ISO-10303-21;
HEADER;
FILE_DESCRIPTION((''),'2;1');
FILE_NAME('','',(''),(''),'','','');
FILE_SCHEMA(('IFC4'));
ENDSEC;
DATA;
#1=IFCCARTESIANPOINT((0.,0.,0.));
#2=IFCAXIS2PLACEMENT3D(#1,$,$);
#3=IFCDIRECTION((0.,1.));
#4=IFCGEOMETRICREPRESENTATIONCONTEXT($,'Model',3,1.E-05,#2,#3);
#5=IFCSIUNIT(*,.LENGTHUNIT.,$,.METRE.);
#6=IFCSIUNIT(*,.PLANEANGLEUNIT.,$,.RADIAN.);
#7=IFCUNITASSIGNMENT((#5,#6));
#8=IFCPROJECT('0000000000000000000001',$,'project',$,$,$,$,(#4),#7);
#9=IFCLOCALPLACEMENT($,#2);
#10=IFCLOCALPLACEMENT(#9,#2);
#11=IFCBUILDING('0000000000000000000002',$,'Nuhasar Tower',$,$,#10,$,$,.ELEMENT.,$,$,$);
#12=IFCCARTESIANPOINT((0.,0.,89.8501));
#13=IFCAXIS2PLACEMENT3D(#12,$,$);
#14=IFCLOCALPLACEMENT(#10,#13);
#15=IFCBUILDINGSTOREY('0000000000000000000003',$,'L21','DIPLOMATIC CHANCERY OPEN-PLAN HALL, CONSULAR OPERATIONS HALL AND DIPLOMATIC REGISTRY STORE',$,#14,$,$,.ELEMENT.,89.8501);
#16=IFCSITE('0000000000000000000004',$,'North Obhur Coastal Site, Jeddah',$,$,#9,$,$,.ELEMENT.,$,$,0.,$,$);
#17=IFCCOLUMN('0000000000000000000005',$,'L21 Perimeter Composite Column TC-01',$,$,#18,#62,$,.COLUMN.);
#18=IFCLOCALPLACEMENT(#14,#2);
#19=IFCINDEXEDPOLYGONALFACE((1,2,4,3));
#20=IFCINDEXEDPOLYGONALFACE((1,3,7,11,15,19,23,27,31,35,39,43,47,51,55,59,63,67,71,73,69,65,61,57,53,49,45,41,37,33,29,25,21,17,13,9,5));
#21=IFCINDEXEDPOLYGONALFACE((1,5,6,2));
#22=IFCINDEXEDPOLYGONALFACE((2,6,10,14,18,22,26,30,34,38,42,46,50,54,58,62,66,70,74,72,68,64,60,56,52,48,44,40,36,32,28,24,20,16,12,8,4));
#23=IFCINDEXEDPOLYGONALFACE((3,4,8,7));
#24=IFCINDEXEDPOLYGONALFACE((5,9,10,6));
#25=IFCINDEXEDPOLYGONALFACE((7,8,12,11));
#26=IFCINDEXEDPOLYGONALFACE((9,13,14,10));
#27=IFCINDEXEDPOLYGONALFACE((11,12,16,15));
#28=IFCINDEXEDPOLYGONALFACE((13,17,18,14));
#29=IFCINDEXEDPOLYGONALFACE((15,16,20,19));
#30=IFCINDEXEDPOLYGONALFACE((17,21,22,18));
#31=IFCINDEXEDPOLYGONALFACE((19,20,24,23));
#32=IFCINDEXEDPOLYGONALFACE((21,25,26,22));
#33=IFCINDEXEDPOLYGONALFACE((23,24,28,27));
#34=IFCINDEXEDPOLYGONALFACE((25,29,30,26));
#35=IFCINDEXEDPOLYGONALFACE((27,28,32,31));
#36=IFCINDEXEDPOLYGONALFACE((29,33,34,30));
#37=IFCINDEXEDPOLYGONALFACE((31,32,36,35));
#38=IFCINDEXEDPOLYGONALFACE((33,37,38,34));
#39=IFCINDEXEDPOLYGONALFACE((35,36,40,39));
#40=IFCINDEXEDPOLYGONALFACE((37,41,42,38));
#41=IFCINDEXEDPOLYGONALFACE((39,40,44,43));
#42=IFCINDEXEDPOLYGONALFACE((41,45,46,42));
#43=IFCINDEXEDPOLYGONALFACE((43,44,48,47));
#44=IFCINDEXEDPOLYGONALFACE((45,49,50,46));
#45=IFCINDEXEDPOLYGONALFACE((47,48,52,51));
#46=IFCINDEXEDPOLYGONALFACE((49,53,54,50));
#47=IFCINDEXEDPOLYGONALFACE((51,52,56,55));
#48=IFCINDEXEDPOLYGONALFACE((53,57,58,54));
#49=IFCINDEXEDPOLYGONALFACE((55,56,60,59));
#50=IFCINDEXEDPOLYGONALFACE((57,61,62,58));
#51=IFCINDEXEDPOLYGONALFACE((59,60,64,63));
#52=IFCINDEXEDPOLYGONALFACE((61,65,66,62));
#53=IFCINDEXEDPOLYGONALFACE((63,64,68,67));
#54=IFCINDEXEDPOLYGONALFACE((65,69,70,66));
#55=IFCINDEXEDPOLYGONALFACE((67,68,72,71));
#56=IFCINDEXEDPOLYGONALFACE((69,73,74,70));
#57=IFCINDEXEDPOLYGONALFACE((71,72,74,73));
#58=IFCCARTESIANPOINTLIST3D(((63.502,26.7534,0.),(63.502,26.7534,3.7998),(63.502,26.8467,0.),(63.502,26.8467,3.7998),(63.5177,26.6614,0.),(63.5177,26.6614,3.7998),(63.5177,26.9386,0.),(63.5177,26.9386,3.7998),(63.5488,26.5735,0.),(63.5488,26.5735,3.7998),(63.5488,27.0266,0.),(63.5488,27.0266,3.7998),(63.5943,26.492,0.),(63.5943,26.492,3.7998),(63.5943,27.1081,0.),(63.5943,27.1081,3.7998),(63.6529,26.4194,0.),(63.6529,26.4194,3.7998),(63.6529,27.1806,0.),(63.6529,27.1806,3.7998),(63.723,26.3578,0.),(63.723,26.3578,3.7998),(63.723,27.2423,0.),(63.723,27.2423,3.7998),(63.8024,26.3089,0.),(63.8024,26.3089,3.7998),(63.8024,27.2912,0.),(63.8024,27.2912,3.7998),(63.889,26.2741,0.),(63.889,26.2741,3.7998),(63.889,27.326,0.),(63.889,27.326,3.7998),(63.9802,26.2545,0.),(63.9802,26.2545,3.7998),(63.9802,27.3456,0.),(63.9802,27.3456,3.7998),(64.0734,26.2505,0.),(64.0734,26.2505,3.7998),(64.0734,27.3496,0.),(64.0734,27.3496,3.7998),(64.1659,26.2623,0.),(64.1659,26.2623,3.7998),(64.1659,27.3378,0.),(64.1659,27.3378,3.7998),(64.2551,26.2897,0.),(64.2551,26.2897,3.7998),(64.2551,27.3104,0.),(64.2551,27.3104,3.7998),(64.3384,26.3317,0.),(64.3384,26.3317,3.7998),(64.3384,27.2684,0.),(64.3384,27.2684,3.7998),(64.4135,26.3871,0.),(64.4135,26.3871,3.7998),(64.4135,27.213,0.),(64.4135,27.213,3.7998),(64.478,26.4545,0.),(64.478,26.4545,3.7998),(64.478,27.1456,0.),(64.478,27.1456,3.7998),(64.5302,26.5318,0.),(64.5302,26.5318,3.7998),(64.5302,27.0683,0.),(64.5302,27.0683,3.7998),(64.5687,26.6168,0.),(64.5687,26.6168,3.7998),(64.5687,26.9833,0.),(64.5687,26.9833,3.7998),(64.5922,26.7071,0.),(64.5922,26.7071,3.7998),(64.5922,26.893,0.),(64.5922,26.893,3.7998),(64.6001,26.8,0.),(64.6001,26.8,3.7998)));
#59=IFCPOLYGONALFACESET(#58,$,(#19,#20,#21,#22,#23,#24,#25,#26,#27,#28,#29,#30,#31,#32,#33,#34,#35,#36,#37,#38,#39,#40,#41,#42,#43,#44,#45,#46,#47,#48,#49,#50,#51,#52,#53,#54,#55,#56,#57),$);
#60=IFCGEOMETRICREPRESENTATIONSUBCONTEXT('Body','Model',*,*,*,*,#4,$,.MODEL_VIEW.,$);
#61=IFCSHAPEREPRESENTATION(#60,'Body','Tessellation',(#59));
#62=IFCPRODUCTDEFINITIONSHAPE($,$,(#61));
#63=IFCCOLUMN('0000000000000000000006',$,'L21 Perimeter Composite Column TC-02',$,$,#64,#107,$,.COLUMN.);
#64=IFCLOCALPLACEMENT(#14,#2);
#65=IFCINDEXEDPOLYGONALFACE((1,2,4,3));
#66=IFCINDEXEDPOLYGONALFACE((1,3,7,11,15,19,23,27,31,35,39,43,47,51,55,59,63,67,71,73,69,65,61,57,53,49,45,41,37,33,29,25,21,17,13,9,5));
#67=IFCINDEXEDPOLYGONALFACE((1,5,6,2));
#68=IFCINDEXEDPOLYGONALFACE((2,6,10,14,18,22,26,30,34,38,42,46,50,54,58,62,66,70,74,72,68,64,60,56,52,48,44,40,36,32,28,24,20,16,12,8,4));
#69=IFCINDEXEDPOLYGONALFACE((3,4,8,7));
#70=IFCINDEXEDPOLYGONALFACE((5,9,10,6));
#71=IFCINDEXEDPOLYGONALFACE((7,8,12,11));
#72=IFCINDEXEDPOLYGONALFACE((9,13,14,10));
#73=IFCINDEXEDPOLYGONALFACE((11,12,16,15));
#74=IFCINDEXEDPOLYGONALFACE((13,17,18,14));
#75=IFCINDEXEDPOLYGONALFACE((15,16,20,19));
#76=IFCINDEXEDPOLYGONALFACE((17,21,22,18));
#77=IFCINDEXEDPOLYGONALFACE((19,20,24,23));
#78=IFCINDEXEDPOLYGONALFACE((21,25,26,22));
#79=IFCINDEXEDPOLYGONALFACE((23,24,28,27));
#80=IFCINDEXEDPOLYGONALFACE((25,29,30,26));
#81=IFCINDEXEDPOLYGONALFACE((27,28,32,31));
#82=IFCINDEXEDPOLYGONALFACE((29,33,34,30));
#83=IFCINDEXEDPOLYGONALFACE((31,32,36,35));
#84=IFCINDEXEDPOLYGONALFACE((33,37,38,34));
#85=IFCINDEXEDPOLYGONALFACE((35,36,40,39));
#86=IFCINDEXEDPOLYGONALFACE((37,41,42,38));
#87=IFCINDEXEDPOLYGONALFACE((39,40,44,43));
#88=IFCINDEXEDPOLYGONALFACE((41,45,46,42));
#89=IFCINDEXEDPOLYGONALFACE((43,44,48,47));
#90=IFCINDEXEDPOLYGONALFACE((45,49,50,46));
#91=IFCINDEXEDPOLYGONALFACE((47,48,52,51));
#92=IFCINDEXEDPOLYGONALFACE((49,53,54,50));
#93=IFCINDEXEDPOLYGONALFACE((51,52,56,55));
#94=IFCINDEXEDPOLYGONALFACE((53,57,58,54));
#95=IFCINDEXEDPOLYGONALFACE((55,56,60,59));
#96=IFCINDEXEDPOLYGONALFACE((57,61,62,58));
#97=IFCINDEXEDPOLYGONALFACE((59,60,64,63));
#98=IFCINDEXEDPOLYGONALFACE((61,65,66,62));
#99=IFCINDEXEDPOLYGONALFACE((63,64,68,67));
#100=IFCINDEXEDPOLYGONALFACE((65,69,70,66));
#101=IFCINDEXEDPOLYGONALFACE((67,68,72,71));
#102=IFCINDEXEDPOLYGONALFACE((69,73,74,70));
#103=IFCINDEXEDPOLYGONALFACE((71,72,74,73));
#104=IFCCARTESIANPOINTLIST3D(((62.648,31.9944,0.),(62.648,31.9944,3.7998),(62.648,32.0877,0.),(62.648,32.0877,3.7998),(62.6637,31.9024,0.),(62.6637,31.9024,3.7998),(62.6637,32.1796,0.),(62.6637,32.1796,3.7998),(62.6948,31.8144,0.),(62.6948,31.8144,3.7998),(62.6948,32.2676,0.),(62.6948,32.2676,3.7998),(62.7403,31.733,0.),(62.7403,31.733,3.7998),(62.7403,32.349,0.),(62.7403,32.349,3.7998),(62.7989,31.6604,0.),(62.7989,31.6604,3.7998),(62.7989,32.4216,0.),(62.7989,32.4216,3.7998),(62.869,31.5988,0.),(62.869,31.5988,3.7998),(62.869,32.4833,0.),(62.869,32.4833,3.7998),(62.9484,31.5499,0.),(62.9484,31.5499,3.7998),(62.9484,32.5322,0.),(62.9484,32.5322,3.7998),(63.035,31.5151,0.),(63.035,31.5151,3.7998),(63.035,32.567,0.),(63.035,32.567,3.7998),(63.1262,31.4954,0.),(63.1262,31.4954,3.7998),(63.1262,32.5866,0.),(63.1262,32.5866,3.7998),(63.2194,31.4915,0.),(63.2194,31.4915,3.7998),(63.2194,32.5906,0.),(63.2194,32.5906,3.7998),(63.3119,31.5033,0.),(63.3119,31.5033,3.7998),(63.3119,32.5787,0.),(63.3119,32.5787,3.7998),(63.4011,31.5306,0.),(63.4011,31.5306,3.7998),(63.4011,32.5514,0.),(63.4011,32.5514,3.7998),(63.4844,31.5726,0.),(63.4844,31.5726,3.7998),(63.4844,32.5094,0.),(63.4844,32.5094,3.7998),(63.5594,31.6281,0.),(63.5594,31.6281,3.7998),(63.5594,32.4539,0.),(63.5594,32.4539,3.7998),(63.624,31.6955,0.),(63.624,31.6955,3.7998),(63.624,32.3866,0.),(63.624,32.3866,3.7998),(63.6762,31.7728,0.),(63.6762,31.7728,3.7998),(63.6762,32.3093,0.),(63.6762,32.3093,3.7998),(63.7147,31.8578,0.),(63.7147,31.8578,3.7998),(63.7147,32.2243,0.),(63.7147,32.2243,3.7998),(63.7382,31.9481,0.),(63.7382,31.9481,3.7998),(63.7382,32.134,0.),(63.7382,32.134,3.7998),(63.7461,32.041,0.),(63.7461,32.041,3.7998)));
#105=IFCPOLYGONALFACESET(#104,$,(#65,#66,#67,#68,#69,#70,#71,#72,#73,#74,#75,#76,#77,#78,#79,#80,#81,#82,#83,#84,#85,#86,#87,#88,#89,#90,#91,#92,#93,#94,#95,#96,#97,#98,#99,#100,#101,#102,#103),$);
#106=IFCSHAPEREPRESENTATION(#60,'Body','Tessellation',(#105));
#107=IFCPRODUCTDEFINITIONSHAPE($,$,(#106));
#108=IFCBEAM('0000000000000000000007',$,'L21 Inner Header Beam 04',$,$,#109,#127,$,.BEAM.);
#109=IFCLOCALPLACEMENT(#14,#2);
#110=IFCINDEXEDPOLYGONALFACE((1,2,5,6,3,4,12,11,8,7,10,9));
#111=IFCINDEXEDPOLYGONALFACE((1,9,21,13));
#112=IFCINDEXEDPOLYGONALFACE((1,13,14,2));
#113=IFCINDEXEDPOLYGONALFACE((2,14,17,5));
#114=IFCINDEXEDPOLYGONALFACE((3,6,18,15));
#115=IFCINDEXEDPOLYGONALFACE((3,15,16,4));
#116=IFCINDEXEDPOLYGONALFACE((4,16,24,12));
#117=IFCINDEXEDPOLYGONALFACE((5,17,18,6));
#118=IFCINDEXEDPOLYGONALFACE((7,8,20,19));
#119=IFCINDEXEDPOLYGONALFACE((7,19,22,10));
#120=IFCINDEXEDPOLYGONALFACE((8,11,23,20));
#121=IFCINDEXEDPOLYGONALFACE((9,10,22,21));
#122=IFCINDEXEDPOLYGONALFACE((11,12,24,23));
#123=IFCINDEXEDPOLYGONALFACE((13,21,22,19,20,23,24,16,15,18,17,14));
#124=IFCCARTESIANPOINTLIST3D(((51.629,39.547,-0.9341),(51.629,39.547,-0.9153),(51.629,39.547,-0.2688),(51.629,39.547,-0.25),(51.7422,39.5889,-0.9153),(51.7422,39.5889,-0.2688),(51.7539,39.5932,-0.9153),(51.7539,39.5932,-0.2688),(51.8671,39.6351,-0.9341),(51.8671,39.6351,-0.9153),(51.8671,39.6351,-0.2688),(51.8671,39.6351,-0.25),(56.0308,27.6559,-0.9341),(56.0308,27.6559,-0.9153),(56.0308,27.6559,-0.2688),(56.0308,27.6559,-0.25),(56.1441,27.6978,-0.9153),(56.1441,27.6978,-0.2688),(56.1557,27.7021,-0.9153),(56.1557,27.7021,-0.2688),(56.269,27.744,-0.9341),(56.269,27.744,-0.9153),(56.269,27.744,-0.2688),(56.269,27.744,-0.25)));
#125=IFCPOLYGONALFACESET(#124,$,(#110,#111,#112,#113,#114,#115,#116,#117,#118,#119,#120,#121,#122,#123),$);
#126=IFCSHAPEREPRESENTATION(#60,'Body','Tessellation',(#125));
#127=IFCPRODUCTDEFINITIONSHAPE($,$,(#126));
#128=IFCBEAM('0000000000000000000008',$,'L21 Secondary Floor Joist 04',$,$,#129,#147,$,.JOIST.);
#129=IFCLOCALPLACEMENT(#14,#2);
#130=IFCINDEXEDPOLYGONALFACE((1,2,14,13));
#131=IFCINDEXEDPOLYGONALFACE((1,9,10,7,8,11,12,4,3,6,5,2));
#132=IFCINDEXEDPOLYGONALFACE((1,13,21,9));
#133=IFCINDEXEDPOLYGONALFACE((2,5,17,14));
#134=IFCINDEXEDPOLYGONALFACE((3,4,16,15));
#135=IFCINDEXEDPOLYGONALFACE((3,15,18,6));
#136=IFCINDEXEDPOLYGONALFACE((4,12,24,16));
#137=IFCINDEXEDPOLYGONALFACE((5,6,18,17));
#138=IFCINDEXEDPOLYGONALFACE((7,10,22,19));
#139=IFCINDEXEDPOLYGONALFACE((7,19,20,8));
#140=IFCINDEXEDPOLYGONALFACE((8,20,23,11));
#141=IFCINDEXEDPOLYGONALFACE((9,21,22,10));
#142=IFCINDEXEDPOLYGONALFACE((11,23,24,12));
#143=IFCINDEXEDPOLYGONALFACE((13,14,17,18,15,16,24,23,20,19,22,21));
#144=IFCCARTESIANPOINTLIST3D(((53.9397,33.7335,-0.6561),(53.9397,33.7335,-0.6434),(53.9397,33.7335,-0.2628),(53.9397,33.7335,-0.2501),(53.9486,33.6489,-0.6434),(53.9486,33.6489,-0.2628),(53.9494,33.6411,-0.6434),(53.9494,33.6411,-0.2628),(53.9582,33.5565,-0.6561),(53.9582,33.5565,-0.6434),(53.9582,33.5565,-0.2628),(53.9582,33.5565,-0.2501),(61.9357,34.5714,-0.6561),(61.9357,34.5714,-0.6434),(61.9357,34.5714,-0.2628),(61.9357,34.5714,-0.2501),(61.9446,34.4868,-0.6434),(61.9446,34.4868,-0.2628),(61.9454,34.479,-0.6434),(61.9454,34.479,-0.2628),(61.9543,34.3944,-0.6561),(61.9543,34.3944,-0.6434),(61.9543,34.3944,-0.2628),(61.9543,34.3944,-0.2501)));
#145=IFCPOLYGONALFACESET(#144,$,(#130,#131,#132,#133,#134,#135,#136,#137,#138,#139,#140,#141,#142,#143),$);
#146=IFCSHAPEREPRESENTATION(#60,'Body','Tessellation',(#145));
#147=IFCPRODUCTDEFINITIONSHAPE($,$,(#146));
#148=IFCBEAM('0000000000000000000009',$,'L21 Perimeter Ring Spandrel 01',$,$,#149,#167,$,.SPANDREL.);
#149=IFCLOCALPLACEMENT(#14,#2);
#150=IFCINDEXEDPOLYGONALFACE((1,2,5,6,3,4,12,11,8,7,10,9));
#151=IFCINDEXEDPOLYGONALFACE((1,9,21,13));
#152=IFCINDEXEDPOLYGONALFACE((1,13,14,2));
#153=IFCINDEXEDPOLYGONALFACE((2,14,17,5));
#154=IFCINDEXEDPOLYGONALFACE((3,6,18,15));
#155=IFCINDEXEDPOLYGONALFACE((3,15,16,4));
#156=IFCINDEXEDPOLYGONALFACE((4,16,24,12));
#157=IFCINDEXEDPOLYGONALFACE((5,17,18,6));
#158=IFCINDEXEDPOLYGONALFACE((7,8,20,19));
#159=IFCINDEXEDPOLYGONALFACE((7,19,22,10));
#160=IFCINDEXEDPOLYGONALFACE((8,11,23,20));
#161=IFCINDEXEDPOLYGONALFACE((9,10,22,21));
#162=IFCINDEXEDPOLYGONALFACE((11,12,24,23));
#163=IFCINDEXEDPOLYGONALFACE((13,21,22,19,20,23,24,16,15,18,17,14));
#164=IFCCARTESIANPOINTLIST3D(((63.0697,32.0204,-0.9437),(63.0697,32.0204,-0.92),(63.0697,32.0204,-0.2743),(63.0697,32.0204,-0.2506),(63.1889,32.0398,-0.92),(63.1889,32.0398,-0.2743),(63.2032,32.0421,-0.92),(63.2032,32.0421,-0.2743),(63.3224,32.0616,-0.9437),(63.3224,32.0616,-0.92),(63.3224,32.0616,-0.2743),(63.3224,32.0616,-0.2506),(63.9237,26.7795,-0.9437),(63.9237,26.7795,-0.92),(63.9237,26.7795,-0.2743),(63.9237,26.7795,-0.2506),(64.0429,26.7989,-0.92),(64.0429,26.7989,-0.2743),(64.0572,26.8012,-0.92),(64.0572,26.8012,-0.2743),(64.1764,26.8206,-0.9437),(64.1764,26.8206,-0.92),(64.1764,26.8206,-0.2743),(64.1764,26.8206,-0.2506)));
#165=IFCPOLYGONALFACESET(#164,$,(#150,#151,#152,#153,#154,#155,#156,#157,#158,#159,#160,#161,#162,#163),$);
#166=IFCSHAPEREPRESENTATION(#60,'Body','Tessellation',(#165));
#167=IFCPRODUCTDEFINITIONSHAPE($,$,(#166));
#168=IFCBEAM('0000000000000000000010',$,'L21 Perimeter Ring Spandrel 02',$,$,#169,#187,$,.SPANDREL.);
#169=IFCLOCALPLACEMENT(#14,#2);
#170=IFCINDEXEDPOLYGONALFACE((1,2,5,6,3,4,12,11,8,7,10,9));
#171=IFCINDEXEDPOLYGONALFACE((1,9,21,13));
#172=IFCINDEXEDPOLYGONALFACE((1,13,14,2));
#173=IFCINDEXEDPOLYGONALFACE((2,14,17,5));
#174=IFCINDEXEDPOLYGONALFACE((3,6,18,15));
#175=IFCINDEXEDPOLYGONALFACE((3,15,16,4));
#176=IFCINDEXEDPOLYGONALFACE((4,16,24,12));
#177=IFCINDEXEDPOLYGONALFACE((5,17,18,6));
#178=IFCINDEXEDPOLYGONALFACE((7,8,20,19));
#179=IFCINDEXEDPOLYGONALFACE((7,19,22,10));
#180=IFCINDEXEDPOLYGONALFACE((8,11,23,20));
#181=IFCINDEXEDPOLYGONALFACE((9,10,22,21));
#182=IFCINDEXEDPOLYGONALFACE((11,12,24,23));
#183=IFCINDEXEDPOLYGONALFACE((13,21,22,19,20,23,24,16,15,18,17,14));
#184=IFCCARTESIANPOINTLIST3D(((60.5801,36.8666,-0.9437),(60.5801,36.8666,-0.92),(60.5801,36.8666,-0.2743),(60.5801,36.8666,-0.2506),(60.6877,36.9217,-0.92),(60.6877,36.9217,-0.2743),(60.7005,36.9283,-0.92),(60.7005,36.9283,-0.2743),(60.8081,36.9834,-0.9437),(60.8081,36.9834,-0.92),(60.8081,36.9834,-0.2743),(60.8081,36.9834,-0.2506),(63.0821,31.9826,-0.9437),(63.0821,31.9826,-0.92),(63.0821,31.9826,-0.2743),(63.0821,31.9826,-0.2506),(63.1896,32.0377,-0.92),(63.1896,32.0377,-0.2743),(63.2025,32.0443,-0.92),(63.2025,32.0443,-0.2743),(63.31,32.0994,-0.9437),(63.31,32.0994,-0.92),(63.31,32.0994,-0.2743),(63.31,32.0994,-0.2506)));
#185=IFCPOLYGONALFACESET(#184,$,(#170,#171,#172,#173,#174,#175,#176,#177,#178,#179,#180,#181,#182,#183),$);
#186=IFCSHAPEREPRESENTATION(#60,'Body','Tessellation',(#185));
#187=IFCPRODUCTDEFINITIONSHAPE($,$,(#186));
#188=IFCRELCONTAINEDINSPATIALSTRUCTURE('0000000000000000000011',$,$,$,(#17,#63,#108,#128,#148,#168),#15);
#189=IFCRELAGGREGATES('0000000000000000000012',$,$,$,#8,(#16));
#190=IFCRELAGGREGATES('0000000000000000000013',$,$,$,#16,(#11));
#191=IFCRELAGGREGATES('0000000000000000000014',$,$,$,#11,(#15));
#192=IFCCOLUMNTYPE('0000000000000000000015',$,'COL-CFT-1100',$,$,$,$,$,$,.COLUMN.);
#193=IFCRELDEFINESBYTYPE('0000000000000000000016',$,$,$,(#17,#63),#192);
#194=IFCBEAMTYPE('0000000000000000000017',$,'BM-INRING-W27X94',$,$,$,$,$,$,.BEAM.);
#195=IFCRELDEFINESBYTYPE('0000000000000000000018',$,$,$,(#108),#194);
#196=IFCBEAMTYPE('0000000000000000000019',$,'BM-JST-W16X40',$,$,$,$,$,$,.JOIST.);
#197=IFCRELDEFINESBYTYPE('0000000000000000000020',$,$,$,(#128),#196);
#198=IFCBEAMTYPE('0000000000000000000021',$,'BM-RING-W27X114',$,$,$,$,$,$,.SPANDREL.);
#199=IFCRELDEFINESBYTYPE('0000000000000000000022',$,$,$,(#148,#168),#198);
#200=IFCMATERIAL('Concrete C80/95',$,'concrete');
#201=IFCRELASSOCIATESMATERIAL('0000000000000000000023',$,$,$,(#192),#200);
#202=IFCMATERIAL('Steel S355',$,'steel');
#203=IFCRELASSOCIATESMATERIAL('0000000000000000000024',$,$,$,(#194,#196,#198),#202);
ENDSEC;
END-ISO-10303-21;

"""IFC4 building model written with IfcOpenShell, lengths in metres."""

from ifc_helpers import new_model, si_unit, direction, frame, origin, origin_2d, place, context, subcontext, project, spatial, circle, i_section, extrude, material, material_profile, profile_set, type_object, element, save


model = new_model("IFC4")

# Units and contexts
model_context = context("Model", 3, precision=1e-05, world=origin(), true_north=direction((0.0, 1.0)))
body_context = subcontext(model_context, "Body", "Model", "MODEL_VIEW")
ifc_project = project(units=[si_unit("LENGTHUNIT", "METRE"), si_unit("PLANEANGLEUNIT", "RADIAN")], contexts=[model_context])

# Site, building, storey
site_placement = place(None, origin())
site = spatial("IfcSite", under=ifc_project, at=site_placement, Name="North Obhur Coastal Site, Jeddah", CompositionType="ELEMENT", RefElevation=0.0)
building_placement = place(site_placement, origin())
building = spatial("IfcBuilding", under=site, at=building_placement, Name="Nuhasar Tower", CompositionType="ELEMENT")
storey_placement = place(building_placement, frame((0.0, 0.0, 89.8501)))
storey = spatial("IfcBuildingStorey", under=building, at=storey_placement, Name="L21", Description="DIPLOMATIC CHANCERY OPEN-PLAN HALL, CONSULAR OPERATIONS HALL AND DIPLOMATIC REGISTRY STORE", CompositionType="ELEMENT", Elevation=89.8501)

# Columns
ifc_material_1 = material(Name="Concrete C80/95", Category="concrete")
ifc_material_profile_1 = material_profile(ifc_material_1, circle(Radius=0.55, at=origin_2d()), Name="CFT1100")
ifc_profile_set_1 = profile_set([ifc_material_profile_1], Name="Concrete C80/95")
column_type = type_object("IfcColumnType", Name="COL-CFT-1100", PredefinedType="COLUMN", material=ifc_profile_set_1)
for number, where, z_axis, x_axis, name in (
    (1, (64.05, 26.8, 0.0), (0.0, 0.0, 1.0), (1.0, 0.0, 0.0), "L21 Perimeter Composite Column TC-01"),
    (2, (63.196, 32.041, 0.0), (0.0, 0.0, 1.0), (1.0, 0.0, 0.0), "L21 Perimeter Composite Column TC-02"),
):
    element("IfcColumn", number, at=place(storey_placement, frame(where, z_axis=z_axis, x_axis=x_axis)), inside=storey, type_object=column_type, Name=name, PredefinedType="COLUMN", context=body_context, shape_type="SweptSolid", body=[
        extrude(circle(Radius=0.55, at=origin_2d()), origin(), (0.0, 0.0, 1.0), 3.7998),
    ])

# Beams
ifc_material_2 = material(Name="Steel S355", Category="steel")
ifc_material_profile_2 = material_profile(ifc_material_2, i_section(OverallWidth=0.2539, OverallDepth=0.6841, WebThickness=0.0125, FlangeThickness=0.0188, at=origin_2d()), Name="W27X94")
ifc_profile_set_2 = profile_set([ifc_material_profile_2], Name="Steel S355")
beam_type_1 = type_object("IfcBeamType", Name="BM-INRING-W27X94", PredefinedType="BEAM", material=ifc_profile_set_2)
beam_1_placement = place(storey_placement, frame((56.1499, 27.7, -0.592), z_axis=(-0.347158, 0.937807, 0.0), x_axis=(-0.937807, -0.347158, 0.0)))
element("IfcBeam", 3, at=beam_1_placement, inside=storey, type_object=beam_type_1, Name="L21 Inner Header Beam 04", PredefinedType="BEAM", context=body_context, shape_type="SweptSolid", body=[
    extrude(i_section(OverallWidth=0.2539, OverallDepth=0.6841, WebThickness=0.0125, FlangeThickness=0.0188, at=origin_2d()), origin(), (0.0, 0.0, 1.0), 12.6797),
])
ifc_material_profile_3 = material_profile(ifc_material_2, i_section(OverallWidth=0.178, OverallDepth=0.406, WebThickness=0.0078, FlangeThickness=0.0127, at=origin_2d()), Name="W16X40")
ifc_profile_set_3 = profile_set([ifc_material_profile_3], Name="Steel S355")
beam_type_2 = type_object("IfcBeamType", Name="BM-JST-W16X40", PredefinedType="JOIST", material=ifc_profile_set_3)
beam_2_placement = place(storey_placement, frame((53.949, 33.645, -0.4531), z_axis=(0.994555, 0.104217, 0.0), x_axis=(-0.104217, 0.994555, 0.0)))
element("IfcBeam", 4, at=beam_2_placement, inside=storey, type_object=beam_type_2, Name="L21 Secondary Floor Joist 04", PredefinedType="JOIST", context=body_context, shape_type="SweptSolid", body=[
    extrude(i_section(OverallWidth=0.178, OverallDepth=0.406, WebThickness=0.0078, FlangeThickness=0.0127, at=origin_2d()), origin(), (0.0, 0.0, 1.0), 8.0398),
])
ifc_material_profile_4 = material_profile(ifc_material_2, i_section(OverallWidth=0.2561, OverallDepth=0.6931, WebThickness=0.0144, FlangeThickness=0.0237, at=origin_2d()), Name="W27X114")
ifc_profile_set_4 = profile_set([ifc_material_profile_4], Name="Steel S355")
beam_type_3 = type_object("IfcBeamType", Name="BM-RING-W27X114", PredefinedType="SPANDREL", material=ifc_profile_set_4)
beam_3_placement = place(storey_placement, frame((64.05, 26.8, -0.5972), z_axis=(-0.160827, 0.986983, 0.0), x_axis=(-0.986983, -0.160827, 0.0)))
element("IfcBeam", 5, at=beam_3_placement, inside=storey, type_object=beam_type_3, Name="L21 Perimeter Ring Spandrel 01", PredefinedType="SPANDREL", context=body_context, shape_type="SweptSolid", body=[
    extrude(i_section(OverallWidth=0.2561, OverallDepth=0.6931, WebThickness=0.0144, FlangeThickness=0.0237, at=origin_2d()), origin(), (0.0, 0.0, 1.0), 5.3101),
])
beam_4_placement = place(storey_placement, frame((63.196, 32.041, -0.5972), z_axis=(-0.45593, 0.890016, 0.0), x_axis=(-0.890016, -0.45593, 0.0)))
element("IfcBeam", 6, at=beam_4_placement, inside=storey, type_object=beam_type_3, Name="L21 Perimeter Ring Spandrel 02", PredefinedType="SPANDREL", context=body_context, shape_type="SweptSolid", body=[
    extrude(i_section(OverallWidth=0.2561, OverallDepth=0.6931, WebThickness=0.0144, FlangeThickness=0.0237, at=origin_2d()), origin(), (0.0, 0.0, 1.0), 5.4875),
])

save(model, "model.ifc")
